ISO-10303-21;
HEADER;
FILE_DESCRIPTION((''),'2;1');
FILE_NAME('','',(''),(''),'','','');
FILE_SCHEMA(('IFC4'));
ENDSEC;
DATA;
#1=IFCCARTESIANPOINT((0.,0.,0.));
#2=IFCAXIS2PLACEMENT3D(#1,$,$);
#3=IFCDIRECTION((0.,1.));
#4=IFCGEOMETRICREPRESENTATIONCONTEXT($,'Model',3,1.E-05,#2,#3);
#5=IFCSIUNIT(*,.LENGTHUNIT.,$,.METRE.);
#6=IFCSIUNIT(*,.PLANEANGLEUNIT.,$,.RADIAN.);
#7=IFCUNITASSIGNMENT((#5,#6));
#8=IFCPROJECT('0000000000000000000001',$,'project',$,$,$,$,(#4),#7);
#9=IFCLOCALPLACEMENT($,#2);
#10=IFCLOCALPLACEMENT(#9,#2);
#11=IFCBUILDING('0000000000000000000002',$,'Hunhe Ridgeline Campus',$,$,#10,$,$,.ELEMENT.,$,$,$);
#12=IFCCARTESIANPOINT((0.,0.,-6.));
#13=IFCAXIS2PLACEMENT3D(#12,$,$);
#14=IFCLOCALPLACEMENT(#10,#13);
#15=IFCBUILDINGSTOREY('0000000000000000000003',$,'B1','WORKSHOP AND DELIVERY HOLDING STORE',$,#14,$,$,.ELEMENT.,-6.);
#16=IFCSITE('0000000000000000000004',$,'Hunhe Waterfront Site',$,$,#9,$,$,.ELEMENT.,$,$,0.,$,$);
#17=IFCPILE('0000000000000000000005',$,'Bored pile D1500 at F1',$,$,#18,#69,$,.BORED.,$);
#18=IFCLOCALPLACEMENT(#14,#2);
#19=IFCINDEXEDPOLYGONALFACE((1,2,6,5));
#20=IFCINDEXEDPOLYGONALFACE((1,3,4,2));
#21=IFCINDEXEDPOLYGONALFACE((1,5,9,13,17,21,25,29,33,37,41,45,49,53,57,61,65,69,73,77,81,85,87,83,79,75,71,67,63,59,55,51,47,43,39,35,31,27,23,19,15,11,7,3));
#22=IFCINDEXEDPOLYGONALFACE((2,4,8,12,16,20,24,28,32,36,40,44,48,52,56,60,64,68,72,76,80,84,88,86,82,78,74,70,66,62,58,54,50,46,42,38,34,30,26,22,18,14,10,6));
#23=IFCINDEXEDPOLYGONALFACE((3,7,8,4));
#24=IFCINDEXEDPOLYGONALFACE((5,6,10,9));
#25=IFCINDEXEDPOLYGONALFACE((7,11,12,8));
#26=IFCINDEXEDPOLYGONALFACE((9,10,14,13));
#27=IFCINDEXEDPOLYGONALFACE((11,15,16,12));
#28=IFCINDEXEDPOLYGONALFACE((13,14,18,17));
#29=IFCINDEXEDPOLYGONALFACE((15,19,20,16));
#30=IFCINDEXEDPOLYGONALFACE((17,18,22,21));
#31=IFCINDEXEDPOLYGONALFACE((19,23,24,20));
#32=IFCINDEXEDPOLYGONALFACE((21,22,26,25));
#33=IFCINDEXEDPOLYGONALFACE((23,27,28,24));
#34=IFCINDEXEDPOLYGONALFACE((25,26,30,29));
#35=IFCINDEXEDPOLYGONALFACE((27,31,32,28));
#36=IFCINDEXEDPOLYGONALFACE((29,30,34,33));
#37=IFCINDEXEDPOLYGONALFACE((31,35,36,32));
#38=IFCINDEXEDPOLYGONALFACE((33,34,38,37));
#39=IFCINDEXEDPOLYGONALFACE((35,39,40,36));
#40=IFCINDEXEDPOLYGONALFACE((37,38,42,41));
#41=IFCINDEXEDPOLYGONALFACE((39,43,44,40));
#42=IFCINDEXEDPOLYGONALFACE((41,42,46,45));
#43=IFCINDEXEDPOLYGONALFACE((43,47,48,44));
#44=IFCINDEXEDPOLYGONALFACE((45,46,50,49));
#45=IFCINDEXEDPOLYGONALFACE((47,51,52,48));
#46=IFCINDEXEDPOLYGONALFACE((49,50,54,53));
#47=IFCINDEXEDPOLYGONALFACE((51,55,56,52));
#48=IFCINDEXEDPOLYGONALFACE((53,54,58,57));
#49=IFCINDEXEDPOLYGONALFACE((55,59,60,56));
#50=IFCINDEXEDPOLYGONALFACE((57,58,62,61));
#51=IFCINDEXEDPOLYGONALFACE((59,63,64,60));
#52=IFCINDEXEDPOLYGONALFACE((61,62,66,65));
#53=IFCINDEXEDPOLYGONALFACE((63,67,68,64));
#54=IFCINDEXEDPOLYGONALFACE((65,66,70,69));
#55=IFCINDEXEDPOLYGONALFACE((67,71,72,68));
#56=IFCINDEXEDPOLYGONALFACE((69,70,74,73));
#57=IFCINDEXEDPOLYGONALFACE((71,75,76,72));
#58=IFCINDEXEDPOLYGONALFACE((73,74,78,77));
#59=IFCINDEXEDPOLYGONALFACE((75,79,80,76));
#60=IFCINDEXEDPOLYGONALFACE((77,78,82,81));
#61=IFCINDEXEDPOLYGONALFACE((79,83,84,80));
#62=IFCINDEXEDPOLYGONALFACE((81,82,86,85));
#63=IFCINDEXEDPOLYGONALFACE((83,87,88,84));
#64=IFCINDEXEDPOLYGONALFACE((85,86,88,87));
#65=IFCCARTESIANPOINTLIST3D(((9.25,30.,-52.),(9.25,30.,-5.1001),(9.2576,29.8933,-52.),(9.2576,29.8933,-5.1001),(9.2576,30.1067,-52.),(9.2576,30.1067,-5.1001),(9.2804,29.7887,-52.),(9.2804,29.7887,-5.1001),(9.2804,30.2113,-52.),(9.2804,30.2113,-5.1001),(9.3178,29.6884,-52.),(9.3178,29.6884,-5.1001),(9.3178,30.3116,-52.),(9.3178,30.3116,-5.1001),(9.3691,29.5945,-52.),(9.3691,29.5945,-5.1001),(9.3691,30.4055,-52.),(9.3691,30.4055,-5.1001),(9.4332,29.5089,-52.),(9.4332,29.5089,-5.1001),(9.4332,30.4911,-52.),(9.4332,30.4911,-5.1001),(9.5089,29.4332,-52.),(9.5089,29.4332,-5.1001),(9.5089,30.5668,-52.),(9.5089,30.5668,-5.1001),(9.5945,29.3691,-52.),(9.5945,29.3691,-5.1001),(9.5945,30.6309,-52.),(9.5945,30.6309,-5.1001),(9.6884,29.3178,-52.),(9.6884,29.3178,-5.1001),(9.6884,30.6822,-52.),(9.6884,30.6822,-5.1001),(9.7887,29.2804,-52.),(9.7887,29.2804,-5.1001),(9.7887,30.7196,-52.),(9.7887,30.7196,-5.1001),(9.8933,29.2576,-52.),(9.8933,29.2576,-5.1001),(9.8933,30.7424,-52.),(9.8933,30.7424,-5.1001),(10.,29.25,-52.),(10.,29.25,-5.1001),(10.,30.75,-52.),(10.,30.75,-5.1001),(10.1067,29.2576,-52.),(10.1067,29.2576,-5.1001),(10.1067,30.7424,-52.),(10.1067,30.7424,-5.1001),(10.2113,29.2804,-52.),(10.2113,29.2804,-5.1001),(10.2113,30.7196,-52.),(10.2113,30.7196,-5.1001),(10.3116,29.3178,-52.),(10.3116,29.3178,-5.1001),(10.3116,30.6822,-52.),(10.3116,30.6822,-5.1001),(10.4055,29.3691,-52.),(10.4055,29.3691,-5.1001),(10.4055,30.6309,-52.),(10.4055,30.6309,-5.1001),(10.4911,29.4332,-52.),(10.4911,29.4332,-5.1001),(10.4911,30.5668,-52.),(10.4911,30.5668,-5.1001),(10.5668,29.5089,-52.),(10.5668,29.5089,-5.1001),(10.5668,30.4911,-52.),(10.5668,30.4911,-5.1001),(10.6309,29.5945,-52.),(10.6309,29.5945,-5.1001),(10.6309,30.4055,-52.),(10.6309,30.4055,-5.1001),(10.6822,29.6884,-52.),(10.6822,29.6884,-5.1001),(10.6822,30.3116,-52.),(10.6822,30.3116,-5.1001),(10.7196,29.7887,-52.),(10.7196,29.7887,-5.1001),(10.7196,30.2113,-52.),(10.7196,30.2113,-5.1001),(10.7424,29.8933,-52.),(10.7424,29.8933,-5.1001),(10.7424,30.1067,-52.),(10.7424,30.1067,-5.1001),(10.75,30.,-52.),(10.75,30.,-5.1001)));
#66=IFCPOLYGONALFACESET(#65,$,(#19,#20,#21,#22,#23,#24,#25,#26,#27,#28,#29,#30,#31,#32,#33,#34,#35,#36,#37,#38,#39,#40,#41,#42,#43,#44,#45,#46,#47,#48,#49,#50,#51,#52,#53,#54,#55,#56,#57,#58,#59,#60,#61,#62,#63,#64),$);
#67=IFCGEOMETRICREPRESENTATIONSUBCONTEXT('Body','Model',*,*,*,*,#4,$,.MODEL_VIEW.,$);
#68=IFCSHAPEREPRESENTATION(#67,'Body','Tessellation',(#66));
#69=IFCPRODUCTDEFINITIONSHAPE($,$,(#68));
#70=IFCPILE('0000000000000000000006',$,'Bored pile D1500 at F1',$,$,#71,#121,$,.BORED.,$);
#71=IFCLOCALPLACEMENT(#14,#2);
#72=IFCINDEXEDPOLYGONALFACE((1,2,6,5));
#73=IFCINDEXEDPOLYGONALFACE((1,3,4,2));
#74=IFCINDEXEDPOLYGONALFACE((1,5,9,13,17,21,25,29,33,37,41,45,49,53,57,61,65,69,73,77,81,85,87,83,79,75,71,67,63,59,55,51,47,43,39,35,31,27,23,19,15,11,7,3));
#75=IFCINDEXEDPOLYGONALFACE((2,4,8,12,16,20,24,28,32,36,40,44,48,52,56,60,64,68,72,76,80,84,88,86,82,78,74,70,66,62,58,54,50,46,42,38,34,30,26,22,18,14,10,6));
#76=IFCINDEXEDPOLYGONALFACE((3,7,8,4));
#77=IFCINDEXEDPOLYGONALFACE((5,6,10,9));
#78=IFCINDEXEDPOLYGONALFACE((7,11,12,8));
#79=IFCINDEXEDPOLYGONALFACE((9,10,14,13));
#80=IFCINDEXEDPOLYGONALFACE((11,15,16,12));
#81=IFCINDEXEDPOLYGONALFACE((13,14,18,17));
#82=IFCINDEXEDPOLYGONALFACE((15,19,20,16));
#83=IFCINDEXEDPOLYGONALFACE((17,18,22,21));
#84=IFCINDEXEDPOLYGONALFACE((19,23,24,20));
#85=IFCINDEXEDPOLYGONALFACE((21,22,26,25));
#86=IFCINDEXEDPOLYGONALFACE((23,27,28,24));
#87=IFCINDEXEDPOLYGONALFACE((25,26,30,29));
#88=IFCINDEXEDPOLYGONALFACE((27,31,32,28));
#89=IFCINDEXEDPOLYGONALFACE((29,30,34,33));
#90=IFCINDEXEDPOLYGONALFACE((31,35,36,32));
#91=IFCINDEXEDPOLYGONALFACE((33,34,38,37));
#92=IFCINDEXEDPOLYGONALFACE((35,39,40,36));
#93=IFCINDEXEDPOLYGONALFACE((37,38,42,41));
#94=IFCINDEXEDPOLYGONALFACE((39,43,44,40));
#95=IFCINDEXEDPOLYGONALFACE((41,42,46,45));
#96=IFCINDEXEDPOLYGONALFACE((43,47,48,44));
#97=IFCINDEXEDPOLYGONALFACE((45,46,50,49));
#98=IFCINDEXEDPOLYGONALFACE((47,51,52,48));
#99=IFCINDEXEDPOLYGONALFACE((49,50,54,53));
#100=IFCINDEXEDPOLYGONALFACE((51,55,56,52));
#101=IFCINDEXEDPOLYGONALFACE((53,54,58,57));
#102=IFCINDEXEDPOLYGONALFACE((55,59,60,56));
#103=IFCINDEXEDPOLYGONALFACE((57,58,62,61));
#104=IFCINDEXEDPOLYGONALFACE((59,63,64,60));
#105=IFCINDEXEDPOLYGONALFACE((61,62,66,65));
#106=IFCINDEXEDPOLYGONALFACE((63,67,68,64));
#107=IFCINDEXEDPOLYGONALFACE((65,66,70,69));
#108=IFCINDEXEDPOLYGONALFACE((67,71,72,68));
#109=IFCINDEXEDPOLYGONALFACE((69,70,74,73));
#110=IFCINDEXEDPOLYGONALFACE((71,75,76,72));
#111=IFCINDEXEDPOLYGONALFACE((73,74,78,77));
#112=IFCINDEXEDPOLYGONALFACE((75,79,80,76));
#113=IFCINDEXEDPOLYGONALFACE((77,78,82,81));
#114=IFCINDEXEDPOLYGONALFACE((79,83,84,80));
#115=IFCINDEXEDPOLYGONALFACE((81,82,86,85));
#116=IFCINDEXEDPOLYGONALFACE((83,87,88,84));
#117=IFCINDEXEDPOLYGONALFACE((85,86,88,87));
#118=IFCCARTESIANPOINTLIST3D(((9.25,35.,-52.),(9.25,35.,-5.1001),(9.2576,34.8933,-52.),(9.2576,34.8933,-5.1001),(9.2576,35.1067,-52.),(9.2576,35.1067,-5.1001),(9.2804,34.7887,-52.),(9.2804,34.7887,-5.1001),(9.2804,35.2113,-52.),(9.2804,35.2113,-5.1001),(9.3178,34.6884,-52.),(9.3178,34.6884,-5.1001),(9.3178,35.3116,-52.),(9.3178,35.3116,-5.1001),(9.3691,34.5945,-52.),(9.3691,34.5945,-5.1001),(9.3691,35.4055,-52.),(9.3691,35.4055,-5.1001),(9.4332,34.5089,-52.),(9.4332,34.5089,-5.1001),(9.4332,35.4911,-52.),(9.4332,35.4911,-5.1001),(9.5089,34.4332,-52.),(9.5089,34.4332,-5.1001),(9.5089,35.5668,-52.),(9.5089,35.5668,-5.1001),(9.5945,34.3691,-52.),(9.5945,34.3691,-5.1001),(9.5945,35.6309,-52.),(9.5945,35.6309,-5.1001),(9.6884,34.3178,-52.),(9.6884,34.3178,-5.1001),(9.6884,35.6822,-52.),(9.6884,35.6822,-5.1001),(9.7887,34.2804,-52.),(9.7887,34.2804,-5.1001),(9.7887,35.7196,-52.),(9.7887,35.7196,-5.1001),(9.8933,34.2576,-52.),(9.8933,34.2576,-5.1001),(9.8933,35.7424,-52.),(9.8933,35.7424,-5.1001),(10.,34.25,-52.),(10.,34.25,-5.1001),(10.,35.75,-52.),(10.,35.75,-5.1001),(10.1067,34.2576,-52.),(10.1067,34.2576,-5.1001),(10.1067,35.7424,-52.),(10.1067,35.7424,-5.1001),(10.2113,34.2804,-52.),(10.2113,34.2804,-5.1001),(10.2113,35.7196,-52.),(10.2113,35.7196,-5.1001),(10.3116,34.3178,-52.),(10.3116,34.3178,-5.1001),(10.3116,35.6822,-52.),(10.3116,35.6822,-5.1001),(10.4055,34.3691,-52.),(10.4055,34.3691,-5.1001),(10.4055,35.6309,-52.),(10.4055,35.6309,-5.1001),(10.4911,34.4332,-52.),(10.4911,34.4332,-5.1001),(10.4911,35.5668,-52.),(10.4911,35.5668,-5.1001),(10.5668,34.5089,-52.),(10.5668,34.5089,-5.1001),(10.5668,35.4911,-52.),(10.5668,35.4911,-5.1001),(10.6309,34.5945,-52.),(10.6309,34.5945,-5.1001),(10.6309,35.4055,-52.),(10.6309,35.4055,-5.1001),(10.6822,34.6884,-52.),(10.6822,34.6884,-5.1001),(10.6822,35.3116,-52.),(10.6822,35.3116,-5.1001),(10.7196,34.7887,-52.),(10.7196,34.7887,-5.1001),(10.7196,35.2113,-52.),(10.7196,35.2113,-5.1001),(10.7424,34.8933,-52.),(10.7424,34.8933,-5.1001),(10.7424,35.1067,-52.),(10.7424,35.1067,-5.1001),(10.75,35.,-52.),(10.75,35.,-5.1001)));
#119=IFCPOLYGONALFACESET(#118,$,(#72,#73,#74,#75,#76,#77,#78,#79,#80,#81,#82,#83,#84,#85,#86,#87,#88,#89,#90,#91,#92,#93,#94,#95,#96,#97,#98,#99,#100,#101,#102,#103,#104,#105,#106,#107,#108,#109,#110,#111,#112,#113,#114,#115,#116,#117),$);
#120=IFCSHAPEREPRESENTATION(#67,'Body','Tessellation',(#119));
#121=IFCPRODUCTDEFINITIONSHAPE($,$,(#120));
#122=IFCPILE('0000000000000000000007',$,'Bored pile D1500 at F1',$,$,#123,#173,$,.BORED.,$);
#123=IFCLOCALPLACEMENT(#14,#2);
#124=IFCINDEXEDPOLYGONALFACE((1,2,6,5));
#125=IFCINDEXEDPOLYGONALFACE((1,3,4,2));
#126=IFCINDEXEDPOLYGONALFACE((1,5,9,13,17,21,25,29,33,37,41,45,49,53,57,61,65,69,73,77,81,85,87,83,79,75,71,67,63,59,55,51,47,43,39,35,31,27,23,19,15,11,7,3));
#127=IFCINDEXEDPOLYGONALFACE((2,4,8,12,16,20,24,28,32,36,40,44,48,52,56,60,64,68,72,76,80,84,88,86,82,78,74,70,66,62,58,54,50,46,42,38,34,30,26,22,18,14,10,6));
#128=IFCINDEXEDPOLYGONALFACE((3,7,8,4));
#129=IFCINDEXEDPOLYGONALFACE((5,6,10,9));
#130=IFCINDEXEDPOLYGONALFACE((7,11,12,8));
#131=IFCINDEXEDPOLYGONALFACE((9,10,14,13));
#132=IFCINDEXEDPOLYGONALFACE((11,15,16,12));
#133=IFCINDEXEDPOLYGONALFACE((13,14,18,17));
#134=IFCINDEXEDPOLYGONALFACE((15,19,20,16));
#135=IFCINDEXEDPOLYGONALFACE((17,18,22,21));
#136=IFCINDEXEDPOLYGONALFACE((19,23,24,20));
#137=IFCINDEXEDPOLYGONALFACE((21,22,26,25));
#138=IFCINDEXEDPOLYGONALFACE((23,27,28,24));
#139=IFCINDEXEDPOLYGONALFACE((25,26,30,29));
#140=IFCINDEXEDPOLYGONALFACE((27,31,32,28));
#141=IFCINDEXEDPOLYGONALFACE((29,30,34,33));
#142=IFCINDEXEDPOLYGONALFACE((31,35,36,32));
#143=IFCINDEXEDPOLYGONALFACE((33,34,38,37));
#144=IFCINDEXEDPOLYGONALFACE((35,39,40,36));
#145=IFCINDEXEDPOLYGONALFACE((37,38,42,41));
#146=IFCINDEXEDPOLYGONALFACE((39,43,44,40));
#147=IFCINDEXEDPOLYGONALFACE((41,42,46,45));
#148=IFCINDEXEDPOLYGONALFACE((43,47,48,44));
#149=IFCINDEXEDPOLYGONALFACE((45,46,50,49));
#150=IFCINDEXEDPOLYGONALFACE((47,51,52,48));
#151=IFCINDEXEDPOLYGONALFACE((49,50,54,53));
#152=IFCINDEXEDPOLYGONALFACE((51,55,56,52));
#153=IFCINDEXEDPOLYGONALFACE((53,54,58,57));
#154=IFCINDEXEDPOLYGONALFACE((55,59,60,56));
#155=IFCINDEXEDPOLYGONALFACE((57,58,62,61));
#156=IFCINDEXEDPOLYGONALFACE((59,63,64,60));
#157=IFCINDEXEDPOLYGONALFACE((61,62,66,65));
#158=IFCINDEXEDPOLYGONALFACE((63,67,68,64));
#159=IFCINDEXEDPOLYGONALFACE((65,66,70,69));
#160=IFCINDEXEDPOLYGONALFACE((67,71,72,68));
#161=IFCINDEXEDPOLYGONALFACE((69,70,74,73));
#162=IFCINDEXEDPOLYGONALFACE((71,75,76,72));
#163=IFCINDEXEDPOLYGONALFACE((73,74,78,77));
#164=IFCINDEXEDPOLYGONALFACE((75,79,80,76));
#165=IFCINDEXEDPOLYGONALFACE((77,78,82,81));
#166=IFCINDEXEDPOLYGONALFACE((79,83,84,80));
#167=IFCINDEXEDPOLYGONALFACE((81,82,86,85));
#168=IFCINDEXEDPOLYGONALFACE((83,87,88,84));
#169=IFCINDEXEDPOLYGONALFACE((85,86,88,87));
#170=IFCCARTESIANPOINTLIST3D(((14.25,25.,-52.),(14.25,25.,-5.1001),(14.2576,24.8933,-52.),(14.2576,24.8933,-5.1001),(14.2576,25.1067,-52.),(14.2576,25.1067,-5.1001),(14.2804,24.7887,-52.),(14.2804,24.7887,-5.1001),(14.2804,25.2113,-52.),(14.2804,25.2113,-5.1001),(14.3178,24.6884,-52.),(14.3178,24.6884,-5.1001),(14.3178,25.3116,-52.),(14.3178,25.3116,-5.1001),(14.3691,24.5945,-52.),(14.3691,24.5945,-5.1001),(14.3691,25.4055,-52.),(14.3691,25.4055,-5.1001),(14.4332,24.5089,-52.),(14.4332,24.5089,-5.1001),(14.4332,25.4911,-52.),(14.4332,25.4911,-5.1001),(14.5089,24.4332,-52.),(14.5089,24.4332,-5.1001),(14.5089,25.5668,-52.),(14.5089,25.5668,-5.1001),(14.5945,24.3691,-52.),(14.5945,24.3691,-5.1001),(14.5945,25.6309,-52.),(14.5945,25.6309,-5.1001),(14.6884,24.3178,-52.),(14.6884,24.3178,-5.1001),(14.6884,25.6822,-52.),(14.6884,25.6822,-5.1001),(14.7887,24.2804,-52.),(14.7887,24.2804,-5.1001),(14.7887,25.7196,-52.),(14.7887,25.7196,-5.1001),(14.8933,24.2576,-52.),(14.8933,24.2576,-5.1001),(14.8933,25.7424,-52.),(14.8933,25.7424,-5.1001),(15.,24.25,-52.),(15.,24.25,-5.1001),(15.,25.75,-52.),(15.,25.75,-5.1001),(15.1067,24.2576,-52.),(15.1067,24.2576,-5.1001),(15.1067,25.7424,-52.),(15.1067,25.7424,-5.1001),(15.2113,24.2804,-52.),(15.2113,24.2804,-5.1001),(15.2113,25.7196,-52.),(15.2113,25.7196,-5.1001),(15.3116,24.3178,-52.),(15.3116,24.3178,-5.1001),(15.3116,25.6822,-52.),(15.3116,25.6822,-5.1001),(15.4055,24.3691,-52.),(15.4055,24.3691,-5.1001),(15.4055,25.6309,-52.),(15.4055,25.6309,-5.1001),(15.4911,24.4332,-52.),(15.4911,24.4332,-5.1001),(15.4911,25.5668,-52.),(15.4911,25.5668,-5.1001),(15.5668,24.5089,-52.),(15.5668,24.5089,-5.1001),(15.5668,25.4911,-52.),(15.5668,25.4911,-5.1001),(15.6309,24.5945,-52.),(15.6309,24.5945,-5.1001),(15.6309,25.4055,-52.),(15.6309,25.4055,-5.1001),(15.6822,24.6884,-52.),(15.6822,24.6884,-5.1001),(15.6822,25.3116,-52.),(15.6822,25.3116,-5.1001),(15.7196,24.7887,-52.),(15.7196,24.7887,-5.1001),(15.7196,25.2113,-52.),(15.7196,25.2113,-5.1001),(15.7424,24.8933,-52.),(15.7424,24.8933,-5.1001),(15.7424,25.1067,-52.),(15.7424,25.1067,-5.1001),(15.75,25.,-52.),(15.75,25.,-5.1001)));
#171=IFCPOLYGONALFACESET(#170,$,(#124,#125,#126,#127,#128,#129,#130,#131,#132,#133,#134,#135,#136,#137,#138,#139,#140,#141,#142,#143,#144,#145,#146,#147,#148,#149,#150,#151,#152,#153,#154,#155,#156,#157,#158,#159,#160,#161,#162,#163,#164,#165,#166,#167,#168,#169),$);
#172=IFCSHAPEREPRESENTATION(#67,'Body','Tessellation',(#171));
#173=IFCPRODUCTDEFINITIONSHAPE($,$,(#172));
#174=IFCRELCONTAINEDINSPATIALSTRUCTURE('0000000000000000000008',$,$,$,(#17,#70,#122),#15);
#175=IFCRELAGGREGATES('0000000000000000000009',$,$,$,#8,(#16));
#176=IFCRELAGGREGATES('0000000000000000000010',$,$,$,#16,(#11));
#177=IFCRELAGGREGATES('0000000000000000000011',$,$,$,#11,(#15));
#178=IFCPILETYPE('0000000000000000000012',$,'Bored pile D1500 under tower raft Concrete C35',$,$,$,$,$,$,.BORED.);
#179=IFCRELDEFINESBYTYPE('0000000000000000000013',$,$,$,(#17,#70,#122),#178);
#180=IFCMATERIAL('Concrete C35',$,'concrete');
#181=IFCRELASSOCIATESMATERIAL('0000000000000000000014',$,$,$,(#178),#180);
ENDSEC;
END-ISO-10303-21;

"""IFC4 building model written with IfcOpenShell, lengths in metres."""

from ifc_helpers import new_model, si_unit, direction, frame, origin, origin_2d, place, context, subcontext, project, spatial, circle, extrude, material, material_profile, profile_set, type_object, element, save


model = new_model("IFC4")

# Units and contexts
model_context = context("Model", 3, precision=1e-05, world=origin(), true_north=direction((0.0, 1.0)))
body_context = subcontext(model_context, "Body", "Model", "MODEL_VIEW")
ifc_project = project(units=[si_unit("LENGTHUNIT", "METRE"), si_unit("PLANEANGLEUNIT", "RADIAN")], contexts=[model_context])

# Site, building, storey
site_placement = place(None, origin())
site = spatial("IfcSite", under=ifc_project, at=site_placement, Name="Hunhe Waterfront Site", CompositionType="ELEMENT", RefElevation=0.0)
building_placement = place(site_placement, origin())
building = spatial("IfcBuilding", under=site, at=building_placement, Name="Hunhe Ridgeline Campus", CompositionType="ELEMENT")
storey_placement = place(building_placement, frame((0.0, 0.0, -6.0)))
storey = spatial("IfcBuildingStorey", under=building, at=storey_placement, Name="B1", Description="WORKSHOP AND DELIVERY HOLDING STORE", CompositionType="ELEMENT", Elevation=-6.0)

# Piles
ifc_material_1 = material(Name="Concrete C35", Category="concrete")
ifc_material_profile_1 = material_profile(ifc_material_1, circle(Radius=0.75, at=origin_2d()))
ifc_profile_set_1 = profile_set([ifc_material_profile_1], Name="Concrete C35")
pile_type = type_object("IfcPileType", Name="Bored pile D1500 under tower raft Concrete C35", PredefinedType="BORED", material=ifc_profile_set_1)
for number, where, z_axis, x_axis, name in (
    (1, (10.0, 30.0, -5.1001), (0.0, 0.0, -1.0), (1.0, 0.0, 0.0), "Bored pile D1500 at F1"),
    (2, (10.0, 35.0, -5.1001), (0.0, 0.0, -1.0), (1.0, 0.0, 0.0), "Bored pile D1500 at F1"),
    (3, (15.0, 25.0, -5.1001), (0.0, 0.0, -1.0), (1.0, 0.0, 0.0), "Bored pile D1500 at F1"),
):
    element("IfcPile", number, at=place(storey_placement, frame(where, z_axis=z_axis, x_axis=x_axis)), inside=storey, type_object=pile_type, Name=name, PredefinedType="BORED", context=body_context, shape_type="SweptSolid", body=[
        extrude(circle(Radius=0.75, at=origin_2d()), origin(), (0.0, 0.0, 1.0), 46.8999),
    ])

save(model, "model.ifc")
